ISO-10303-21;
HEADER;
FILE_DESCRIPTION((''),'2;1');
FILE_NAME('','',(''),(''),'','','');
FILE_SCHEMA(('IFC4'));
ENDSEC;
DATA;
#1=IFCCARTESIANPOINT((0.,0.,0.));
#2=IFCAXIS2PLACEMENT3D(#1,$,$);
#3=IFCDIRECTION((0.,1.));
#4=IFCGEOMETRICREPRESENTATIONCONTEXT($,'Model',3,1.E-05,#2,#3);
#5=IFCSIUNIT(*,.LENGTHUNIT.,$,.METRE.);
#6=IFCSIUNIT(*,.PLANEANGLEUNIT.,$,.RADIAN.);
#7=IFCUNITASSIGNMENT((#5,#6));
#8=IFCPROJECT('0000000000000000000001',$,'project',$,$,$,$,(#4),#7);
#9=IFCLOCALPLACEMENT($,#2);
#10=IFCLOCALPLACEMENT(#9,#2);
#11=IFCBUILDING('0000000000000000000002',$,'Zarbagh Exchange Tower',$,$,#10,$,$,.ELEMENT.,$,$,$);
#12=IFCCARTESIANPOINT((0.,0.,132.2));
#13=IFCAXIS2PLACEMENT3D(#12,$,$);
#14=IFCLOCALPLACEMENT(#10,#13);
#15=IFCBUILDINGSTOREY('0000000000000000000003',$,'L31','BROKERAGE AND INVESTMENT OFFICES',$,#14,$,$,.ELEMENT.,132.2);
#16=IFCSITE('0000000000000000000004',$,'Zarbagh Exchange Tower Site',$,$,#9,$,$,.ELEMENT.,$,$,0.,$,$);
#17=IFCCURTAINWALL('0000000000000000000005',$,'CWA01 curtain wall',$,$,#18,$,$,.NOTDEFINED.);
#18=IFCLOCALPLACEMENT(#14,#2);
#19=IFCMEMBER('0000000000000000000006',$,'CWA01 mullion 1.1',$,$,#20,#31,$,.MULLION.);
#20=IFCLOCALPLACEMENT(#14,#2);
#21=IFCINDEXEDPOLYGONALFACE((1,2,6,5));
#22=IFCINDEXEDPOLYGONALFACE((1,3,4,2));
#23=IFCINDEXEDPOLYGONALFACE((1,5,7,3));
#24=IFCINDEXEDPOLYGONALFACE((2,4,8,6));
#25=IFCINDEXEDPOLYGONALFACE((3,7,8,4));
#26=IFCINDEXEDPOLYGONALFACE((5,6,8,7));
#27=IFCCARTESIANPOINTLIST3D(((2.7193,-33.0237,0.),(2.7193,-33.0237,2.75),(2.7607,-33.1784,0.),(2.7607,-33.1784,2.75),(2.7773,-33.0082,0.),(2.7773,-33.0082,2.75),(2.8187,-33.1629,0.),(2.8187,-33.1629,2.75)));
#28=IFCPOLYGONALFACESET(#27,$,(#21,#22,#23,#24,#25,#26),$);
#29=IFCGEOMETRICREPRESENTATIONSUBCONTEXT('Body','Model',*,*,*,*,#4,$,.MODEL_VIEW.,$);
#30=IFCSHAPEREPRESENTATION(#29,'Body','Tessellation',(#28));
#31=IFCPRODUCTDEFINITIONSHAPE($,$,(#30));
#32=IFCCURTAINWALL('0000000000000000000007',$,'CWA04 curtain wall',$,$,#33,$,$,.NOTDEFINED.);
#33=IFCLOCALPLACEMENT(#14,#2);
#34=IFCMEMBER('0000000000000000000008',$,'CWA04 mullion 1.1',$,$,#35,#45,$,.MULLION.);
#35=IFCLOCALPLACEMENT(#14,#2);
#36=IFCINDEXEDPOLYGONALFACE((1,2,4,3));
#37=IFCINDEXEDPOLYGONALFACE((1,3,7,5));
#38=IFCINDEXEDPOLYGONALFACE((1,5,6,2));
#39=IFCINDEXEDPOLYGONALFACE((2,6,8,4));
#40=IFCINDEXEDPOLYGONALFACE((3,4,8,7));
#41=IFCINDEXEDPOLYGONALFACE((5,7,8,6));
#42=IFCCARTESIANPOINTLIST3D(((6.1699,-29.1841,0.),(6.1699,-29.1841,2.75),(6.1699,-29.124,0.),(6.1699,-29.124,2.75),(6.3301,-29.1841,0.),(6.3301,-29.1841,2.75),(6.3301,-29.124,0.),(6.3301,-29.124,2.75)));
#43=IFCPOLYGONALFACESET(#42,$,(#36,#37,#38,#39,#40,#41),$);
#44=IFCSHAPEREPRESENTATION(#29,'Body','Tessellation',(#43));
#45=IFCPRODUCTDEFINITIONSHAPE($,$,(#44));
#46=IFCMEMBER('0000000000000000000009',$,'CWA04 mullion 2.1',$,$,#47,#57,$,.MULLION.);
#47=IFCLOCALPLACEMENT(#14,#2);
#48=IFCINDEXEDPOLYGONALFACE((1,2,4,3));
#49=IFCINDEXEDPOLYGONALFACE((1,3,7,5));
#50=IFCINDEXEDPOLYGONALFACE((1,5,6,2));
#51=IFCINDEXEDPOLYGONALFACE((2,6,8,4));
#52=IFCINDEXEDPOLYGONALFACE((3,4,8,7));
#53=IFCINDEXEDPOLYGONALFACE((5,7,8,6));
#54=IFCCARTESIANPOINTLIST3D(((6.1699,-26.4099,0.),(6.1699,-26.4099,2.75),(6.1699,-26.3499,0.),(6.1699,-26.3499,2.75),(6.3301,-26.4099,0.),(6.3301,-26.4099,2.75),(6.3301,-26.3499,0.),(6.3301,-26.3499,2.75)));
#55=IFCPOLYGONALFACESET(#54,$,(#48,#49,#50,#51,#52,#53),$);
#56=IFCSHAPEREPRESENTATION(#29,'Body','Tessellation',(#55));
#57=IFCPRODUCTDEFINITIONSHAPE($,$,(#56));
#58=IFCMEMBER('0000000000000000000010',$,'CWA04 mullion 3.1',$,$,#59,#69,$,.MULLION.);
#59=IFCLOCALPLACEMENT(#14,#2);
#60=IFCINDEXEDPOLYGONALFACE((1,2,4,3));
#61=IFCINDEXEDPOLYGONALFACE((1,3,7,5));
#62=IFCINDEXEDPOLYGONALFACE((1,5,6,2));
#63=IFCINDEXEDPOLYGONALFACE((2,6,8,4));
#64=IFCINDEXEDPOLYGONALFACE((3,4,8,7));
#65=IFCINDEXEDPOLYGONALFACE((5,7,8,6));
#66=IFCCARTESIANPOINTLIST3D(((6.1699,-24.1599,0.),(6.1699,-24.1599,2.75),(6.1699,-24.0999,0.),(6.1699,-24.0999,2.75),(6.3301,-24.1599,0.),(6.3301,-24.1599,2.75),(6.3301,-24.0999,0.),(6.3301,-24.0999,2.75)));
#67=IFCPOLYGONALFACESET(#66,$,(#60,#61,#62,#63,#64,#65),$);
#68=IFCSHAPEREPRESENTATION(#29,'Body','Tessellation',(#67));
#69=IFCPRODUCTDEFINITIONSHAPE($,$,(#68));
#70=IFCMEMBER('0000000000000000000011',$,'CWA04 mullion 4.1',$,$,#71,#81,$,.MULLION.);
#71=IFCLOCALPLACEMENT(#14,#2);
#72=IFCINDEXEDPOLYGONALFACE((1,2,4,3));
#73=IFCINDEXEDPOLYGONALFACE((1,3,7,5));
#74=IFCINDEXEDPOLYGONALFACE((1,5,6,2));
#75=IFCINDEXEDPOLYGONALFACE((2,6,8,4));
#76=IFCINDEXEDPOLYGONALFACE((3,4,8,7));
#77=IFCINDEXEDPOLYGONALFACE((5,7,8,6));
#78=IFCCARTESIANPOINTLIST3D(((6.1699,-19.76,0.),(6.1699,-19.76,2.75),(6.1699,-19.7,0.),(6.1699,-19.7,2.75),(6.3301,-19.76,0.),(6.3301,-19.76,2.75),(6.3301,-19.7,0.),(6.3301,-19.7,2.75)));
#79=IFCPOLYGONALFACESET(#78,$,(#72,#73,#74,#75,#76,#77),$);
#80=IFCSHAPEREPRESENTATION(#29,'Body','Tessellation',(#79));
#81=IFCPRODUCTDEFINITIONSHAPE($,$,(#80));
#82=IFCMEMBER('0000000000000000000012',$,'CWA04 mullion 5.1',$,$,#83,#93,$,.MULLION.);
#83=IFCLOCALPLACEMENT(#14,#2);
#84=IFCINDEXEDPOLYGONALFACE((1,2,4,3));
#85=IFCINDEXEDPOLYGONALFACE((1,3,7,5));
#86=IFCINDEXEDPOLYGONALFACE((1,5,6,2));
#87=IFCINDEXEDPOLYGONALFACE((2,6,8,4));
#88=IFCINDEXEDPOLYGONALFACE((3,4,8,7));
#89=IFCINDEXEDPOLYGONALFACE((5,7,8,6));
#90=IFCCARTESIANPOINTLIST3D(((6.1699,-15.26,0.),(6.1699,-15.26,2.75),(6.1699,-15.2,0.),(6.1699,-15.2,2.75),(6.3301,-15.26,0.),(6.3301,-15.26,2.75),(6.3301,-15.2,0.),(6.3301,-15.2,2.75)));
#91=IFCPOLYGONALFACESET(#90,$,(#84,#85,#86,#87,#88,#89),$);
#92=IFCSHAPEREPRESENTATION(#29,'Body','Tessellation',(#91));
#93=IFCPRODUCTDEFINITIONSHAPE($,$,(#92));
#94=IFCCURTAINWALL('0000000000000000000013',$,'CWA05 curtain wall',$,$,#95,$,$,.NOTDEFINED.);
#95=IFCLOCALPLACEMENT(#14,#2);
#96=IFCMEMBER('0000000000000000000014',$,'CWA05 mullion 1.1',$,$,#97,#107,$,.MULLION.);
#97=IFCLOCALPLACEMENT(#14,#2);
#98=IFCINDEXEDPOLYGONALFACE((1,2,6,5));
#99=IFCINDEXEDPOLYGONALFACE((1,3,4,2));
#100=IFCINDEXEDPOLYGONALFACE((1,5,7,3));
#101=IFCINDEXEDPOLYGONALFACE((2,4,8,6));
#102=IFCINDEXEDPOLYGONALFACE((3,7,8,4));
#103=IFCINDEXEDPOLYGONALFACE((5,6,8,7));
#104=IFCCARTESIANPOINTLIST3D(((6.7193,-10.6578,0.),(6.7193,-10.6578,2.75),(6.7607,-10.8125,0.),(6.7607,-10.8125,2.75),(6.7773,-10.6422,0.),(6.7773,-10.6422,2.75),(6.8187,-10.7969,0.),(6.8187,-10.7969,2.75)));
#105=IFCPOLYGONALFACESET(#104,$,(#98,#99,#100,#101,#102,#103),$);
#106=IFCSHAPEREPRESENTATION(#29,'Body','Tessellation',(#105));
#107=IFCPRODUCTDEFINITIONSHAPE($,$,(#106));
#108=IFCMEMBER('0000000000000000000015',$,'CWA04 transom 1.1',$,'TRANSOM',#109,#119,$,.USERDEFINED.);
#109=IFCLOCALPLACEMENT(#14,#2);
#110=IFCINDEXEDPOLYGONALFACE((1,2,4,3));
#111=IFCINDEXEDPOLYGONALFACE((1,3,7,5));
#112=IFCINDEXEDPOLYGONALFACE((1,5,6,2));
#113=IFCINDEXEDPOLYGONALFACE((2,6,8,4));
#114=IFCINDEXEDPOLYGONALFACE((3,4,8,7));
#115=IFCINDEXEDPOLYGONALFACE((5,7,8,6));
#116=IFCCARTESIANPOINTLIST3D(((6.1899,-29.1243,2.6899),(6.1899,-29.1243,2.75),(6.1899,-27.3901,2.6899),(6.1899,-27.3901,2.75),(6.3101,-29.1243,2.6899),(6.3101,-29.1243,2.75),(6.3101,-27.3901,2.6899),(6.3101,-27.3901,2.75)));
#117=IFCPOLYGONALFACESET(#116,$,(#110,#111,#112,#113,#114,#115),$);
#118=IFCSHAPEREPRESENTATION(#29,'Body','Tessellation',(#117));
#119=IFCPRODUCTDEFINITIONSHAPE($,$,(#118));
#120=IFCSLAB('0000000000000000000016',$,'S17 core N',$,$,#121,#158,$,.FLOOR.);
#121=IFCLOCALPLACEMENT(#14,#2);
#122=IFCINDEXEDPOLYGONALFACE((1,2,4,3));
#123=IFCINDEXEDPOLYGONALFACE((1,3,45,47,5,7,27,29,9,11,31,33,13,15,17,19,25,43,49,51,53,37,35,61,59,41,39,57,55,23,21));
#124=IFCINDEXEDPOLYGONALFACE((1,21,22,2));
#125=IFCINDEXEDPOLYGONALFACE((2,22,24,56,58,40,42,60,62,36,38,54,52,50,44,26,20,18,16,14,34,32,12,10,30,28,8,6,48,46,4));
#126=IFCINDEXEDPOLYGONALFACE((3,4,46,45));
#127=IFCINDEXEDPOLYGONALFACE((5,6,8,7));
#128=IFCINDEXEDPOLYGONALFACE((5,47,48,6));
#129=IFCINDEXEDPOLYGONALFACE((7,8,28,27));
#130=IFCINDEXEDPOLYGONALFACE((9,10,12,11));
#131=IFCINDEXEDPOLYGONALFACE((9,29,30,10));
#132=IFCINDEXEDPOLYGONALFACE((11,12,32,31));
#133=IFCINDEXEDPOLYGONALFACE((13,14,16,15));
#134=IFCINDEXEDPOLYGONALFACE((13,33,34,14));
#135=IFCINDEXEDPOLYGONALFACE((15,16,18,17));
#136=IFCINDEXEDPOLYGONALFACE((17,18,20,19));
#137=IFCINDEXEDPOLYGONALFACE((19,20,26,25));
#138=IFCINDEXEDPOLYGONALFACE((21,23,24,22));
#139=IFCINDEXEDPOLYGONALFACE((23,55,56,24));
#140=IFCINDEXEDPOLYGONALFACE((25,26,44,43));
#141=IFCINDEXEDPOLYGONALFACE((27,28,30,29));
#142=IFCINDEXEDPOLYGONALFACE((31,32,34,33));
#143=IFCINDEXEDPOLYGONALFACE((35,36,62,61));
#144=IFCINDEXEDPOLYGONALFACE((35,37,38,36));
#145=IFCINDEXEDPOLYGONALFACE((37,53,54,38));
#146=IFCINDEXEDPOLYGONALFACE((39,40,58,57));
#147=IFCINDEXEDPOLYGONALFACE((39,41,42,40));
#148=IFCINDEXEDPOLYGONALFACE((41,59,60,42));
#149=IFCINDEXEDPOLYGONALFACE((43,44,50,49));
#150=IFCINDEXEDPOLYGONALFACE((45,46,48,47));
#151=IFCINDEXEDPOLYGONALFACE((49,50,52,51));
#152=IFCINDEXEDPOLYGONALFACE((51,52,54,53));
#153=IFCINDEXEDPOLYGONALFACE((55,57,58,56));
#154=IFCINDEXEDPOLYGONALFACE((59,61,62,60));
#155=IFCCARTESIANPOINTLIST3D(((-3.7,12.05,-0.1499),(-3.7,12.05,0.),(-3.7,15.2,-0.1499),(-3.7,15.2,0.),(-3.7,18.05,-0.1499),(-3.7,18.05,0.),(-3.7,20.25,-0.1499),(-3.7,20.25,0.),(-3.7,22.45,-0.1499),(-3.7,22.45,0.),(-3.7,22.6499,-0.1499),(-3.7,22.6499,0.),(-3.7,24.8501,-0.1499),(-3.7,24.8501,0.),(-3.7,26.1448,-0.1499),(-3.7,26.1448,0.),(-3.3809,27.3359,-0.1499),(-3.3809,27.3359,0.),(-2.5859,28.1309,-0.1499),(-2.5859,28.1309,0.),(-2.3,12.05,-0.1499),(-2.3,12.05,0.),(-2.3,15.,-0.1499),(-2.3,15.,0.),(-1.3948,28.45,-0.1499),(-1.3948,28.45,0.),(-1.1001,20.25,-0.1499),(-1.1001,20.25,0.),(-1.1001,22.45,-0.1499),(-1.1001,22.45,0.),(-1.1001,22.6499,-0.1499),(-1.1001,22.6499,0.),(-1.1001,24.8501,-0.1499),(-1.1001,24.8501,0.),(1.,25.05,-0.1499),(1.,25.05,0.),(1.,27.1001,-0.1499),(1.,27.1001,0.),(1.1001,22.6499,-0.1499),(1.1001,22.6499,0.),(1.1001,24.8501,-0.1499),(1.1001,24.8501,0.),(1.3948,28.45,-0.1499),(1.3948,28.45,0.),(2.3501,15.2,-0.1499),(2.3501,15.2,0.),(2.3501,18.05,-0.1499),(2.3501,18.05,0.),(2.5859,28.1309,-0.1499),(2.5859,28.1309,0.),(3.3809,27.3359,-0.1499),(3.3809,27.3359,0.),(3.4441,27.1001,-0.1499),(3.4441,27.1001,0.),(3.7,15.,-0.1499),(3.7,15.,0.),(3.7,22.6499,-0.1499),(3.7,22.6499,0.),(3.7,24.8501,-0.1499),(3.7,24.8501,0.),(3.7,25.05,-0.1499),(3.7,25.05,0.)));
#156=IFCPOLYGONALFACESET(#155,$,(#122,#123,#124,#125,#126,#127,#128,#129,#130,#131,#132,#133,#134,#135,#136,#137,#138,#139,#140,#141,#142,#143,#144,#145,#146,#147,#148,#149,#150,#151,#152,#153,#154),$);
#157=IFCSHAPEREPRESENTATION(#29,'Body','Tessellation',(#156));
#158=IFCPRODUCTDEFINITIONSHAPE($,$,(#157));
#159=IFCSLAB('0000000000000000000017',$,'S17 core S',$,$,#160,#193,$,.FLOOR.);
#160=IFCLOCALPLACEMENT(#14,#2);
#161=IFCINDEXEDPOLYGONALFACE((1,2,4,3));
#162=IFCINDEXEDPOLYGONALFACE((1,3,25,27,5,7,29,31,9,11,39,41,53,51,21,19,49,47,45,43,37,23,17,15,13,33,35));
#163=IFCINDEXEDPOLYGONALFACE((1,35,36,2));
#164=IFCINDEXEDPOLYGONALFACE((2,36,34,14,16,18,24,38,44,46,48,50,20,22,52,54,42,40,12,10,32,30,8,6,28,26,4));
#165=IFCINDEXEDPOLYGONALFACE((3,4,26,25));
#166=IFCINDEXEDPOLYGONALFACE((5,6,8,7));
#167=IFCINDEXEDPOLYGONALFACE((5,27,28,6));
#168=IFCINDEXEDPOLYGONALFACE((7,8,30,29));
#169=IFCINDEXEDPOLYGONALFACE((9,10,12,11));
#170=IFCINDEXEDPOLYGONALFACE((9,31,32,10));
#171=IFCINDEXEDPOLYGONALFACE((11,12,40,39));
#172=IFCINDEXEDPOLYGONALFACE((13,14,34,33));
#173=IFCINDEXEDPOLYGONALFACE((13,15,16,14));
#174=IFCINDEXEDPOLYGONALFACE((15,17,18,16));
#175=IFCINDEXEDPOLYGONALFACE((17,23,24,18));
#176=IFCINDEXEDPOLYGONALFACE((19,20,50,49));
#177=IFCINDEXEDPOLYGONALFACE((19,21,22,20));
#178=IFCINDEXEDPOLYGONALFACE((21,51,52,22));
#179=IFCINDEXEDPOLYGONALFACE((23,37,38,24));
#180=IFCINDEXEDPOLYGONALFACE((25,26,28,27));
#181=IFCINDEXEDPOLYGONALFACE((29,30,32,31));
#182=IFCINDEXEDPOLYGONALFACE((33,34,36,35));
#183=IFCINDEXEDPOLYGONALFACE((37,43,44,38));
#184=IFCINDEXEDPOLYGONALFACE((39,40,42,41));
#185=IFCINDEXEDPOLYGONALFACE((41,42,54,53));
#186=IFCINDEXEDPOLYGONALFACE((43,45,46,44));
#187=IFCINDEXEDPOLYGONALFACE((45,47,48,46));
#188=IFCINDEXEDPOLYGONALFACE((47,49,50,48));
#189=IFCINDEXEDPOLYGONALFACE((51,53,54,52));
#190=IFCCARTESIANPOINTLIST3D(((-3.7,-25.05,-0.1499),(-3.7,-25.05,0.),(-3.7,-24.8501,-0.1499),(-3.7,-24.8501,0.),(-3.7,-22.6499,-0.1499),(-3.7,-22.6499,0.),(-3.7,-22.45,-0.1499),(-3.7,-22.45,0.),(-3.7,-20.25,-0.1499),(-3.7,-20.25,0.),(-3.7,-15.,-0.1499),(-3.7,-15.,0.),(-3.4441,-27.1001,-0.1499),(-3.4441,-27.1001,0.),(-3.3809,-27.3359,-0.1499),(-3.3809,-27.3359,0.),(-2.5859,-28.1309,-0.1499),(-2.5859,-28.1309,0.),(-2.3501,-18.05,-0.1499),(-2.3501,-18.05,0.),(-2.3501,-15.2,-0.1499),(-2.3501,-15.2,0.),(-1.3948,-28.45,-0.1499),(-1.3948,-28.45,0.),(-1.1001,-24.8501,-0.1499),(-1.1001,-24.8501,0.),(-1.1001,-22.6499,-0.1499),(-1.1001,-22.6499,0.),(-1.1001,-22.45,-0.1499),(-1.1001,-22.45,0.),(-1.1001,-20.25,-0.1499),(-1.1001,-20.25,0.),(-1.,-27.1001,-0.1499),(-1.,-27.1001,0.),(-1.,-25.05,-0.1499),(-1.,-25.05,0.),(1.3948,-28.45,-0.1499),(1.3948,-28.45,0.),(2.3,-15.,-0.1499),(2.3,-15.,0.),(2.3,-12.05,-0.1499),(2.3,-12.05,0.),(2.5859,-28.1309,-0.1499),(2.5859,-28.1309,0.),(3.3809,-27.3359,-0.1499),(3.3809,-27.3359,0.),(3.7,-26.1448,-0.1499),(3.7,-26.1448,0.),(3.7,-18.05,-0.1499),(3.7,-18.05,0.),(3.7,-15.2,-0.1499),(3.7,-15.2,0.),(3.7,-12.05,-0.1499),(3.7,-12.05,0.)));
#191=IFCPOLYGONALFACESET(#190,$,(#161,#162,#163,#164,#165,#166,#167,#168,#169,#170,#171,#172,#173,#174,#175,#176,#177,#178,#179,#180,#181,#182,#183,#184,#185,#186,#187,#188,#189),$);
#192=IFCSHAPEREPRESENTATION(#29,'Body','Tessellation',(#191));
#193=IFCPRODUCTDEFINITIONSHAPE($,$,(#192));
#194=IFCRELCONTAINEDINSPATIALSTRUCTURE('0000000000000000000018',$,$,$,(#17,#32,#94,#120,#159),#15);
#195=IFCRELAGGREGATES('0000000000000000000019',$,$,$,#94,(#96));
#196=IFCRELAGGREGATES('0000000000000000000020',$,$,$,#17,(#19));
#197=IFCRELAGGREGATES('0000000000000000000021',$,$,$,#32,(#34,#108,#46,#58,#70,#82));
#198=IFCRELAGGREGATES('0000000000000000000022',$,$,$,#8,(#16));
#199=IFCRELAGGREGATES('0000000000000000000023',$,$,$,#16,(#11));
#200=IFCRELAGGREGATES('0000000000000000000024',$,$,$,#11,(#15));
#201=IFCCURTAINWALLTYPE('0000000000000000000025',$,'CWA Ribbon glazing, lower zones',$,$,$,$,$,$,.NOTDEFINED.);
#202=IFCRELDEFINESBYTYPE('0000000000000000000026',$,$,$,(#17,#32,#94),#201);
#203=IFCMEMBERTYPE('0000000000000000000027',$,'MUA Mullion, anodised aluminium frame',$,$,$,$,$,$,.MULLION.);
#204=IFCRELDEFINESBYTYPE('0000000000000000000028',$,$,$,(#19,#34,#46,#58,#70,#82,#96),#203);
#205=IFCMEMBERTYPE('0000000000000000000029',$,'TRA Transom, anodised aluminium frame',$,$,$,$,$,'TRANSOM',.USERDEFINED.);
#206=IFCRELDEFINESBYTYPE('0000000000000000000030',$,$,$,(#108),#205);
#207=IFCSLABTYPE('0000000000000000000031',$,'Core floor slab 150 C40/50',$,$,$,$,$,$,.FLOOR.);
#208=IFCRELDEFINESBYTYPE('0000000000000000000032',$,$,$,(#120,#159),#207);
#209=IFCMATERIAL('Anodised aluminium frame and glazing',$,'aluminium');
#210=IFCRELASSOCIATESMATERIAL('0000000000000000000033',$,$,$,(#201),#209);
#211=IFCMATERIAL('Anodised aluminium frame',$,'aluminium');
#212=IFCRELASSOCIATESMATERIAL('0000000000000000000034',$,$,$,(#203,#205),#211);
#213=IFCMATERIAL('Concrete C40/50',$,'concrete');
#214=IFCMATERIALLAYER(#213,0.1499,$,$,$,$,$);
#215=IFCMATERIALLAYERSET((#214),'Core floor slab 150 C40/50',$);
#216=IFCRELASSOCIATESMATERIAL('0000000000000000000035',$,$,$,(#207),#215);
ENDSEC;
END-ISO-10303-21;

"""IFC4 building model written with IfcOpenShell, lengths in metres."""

from ifc_helpers import new_model, si_unit, direction, frame, origin, place, context, subcontext, project, spatial, polyline, outline, extrude, source, transform, mapped, material, layer, layer_set, type_object, element, aggregate, save


model = new_model("IFC4")

# Units and contexts
model_context = context("Model", 3, precision=1e-05, world=origin(), true_north=direction((0.0, 1.0)))
body_context = subcontext(model_context, "Body", "Model", "MODEL_VIEW")
ifc_project = project(units=[si_unit("LENGTHUNIT", "METRE"), si_unit("PLANEANGLEUNIT", "RADIAN")], contexts=[model_context])

# Site, building, storey
site_placement = place(None, origin())
site = spatial("IfcSite", under=ifc_project, at=site_placement, Name="Zarbagh Exchange Tower Site", CompositionType="ELEMENT", RefElevation=0.0)
building_placement = place(site_placement, origin())
building = spatial("IfcBuilding", under=site, at=building_placement, Name="Zarbagh Exchange Tower", CompositionType="ELEMENT")
storey_placement = place(building_placement, frame((0.0, 0.0, 132.2)))
storey = spatial("IfcBuildingStorey", under=building, at=storey_placement, Name="L31", Description="BROKERAGE AND INVESTMENT OFFICES", CompositionType="ELEMENT", Elevation=132.2)

# Curtain wall, member
ifc_material_1 = material(Name="Anodised aluminium frame and glazing", Category="aluminium")
curtain_wall_type = type_object("IfcCurtainWallType", Name="CWA Ribbon glazing, lower zones", PredefinedType="NOTDEFINED", material=ifc_material_1)
curtain_wall_1_placement = place(storey_placement, origin())
curtain_wall_1 = element("IfcCurtainWall", 1, at=curtain_wall_1_placement, inside=storey, type_object=curtain_wall_type, Name="CWA01 curtain wall", PredefinedType="NOTDEFINED")
ifc_material_2 = material(Name="Anodised aluminium frame", Category="aluminium")
member_type_1 = type_object("IfcMemberType", Name="MUA Mullion, anodised aluminium frame", PredefinedType="MULLION", material=ifc_material_2)
shared_shape_1 = source(origin(), body_context, "Body", "SweptSolid", [
    extrude(outline(polyline([(0.0, -0.0801), (0.0601, -0.0801), (0.0601, 0.0801), (0.0, 0.0801), (0.0, -0.0801)])), origin(), (0.0, 0.0, 1.0), 2.75),
])
placement = place(storey_placement, origin())
member_1 = element("IfcMember", 2, at=placement, type_object=member_type_1, Name="CWA01 mullion 1.1", PredefinedType="MULLION", context=body_context, shape_type="MappedRepresentation", body=[
    mapped(shared_shape_1, transform((2.74, -33.1011, 0.0), x_axis=(0.965924, 0.258825, 0.0), y_axis=(-0.258825, 0.965924, 0.0), z_axis=(0.0, 0.0, 1.0))),
])

# Curtain wall, members
curtain_wall_2_placement = place(storey_placement, origin())
curtain_wall_2 = element("IfcCurtainWall", 3, at=curtain_wall_2_placement, inside=storey, type_object=curtain_wall_type, Name="CWA04 curtain wall", PredefinedType="NOTDEFINED")
member_2 = element("IfcMember", 4, at=placement, type_object=member_type_1, Name="CWA04 mullion 1.1", PredefinedType="MULLION", context=body_context, shape_type="MappedRepresentation", body=[
    mapped(shared_shape_1, transform((6.25, -29.1841, 0.0), x_axis=(0.0, 1.0, 0.0), y_axis=(-1.0, 0.0, 0.0), z_axis=(0.0, 0.0, 1.0))),
])
member_3 = element("IfcMember", 5, at=placement, type_object=member_type_1, Name="CWA04 mullion 2.1", PredefinedType="MULLION", context=body_context, shape_type="MappedRepresentation", body=[
    mapped(shared_shape_1, transform((6.25, -26.4099, 0.0), x_axis=(0.0, 1.0, 0.0), y_axis=(-1.0, 0.0, 0.0), z_axis=(0.0, 0.0, 1.0))),
])
member_4 = element("IfcMember", 6, at=placement, type_object=member_type_1, Name="CWA04 mullion 3.1", PredefinedType="MULLION", context=body_context, shape_type="MappedRepresentation", body=[
    mapped(shared_shape_1, transform((6.25, -24.1599, 0.0), x_axis=(0.0, 1.0, 0.0), y_axis=(-1.0, 0.0, 0.0), z_axis=(0.0, 0.0, 1.0))),
])
member_5 = element("IfcMember", 7, at=placement, type_object=member_type_1, Name="CWA04 mullion 4.1", PredefinedType="MULLION", context=body_context, shape_type="MappedRepresentation", body=[
    mapped(shared_shape_1, transform((6.25, -19.76, 0.0), x_axis=(0.0, 1.0, 0.0), y_axis=(-1.0, 0.0, 0.0), z_axis=(0.0, 0.0, 1.0))),
])
member_6 = element("IfcMember", 8, at=placement, type_object=member_type_1, Name="CWA04 mullion 5.1", PredefinedType="MULLION", context=body_context, shape_type="MappedRepresentation", body=[
    mapped(shared_shape_1, transform((6.25, -15.26, 0.0), x_axis=(0.0, 1.0, 0.0), y_axis=(-1.0, 0.0, 0.0), z_axis=(0.0, 0.0, 1.0))),
])

# Curtain wall, member
curtain_wall_3_placement = place(storey_placement, origin())
curtain_wall_3 = element("IfcCurtainWall", 9, at=curtain_wall_3_placement, inside=storey, type_object=curtain_wall_type, Name="CWA05 curtain wall", PredefinedType="NOTDEFINED")
member_7 = element("IfcMember", 10, at=placement, type_object=member_type_1, Name="CWA05 mullion 1.1", PredefinedType="MULLION", context=body_context, shape_type="MappedRepresentation", body=[
    mapped(shared_shape_1, transform((6.74, -10.7351, 0.0), x_axis=(0.965924, 0.258825, 0.0), y_axis=(-0.258825, 0.965924, 0.0), z_axis=(0.0, 0.0, 1.0))),
])
aggregate(curtain_wall_3, [member_7])

# Member
member_type_2 = type_object("IfcMemberType", Name="TRA Transom, anodised aluminium frame", ElementType="TRANSOM", PredefinedType="USERDEFINED", material=ifc_material_2)
shared_shape_2 = source(origin(), body_context, "Body", "SweptSolid", [
    extrude(outline(polyline([(-0.0601, -0.0601), (0.0, -0.0601), (0.0, 0.0601), (-0.0601, 0.0601), (-0.0601, -0.0601)])), origin(), (0.0, 0.0, 1.0), 1.7341),
])
member_8 = element("IfcMember", 11, at=placement, type_object=member_type_2, Name="CWA04 transom 1.1", ObjectType="TRANSOM", PredefinedType="USERDEFINED", context=body_context, shape_type="MappedRepresentation", body=[
    mapped(shared_shape_2, transform((6.25, -29.1243, 2.75), x_axis=(0.0, 0.0, 1.0), y_axis=(1.0, 0.0, 0.0), z_axis=(0.0, 1.0, 0.0))),
])

# Slabs
ifc_material_3 = material(Name="Concrete C40/50", Category="concrete")
ifc_layer_1 = layer(ifc_material_3, 0.1499)
ifc_layer_set_1 = layer_set([ifc_layer_1], Name="Core floor slab 150 C40/50")
slab_type = type_object("IfcSlabType", Name="Core floor slab 150 C40/50", PredefinedType="FLOOR", material=ifc_layer_set_1)
slab_1_placement = place(storey_placement, frame((0.0, 0.0, -0.1499)))
element("IfcSlab", 12, at=slab_1_placement, inside=storey, type_object=slab_type, Name="S17 core N", PredefinedType="FLOOR", context=body_context, shape_type="SweptSolid", body=[
    extrude(outline(polyline([(-3.7, 12.05), (-3.7, 15.2), (2.3501, 15.2), (2.3501, 18.05), (-3.7, 18.05), (-3.7, 20.25), (-1.1001, 20.25), (-1.1001, 22.45), (-3.7, 22.45), (-3.7, 22.6499), (-1.1001, 22.6499), (-1.1001, 24.8501), (-3.7, 24.8501), (-3.7, 26.1448), (-3.3809, 27.3359), (-2.5859, 28.1309), (-1.3948, 28.45), (1.3948, 28.45), (2.5859, 28.1309), (3.3809, 27.3359), (3.6465, 26.3447), (3.4441, 27.1001), (1.0, 27.1001), (1.0, 25.05), (3.7, 25.05), (3.7, 24.8501), (1.1001, 24.8501), (1.1001, 22.6499), (3.7, 22.6499), (3.7, 15.0), (-2.3, 15.0), (-2.3, 12.05), (-3.7, 12.05)])), origin(), (0.0, 0.0, 1.0), 0.1499),
])
slab_2_placement = place(storey_placement, frame((0.0, 0.0, -0.1499)))
element("IfcSlab", 13, at=slab_2_placement, inside=storey, type_object=slab_type, Name="S17 core S", PredefinedType="FLOOR", context=body_context, shape_type="SweptSolid", body=[
    extrude(outline(polyline([(-2.5859, -28.1309), (-3.3809, -27.3359), (-3.6465, -26.3447), (-3.4441, -27.1001), (-1.0, -27.1001), (-1.0, -25.05), (-3.7, -25.05), (-3.7, -24.8501), (-1.1001, -24.8501), (-1.1001, -22.6499), (-3.7, -22.6499), (-3.7, -22.45), (-1.1001, -22.45), (-1.1001, -20.25), (-3.7, -20.25), (-3.7, -15.0), (2.3, -15.0), (2.3, -12.05), (3.7, -12.05), (3.7, -15.2), (-2.3501, -15.2), (-2.3501, -18.05), (3.7, -18.05), (3.7, -26.1448), (3.3809, -27.3359), (2.5859, -28.1309), (1.3948, -28.45), (-1.3948, -28.45), (-2.5859, -28.1309)])), origin(), (0.0, 0.0, 1.0), 0.1499),
])

aggregate(curtain_wall_1, [member_1])

aggregate(curtain_wall_2, [member_2, member_8, member_3, member_4, member_5, member_6])

save(model, "model.ifc")
